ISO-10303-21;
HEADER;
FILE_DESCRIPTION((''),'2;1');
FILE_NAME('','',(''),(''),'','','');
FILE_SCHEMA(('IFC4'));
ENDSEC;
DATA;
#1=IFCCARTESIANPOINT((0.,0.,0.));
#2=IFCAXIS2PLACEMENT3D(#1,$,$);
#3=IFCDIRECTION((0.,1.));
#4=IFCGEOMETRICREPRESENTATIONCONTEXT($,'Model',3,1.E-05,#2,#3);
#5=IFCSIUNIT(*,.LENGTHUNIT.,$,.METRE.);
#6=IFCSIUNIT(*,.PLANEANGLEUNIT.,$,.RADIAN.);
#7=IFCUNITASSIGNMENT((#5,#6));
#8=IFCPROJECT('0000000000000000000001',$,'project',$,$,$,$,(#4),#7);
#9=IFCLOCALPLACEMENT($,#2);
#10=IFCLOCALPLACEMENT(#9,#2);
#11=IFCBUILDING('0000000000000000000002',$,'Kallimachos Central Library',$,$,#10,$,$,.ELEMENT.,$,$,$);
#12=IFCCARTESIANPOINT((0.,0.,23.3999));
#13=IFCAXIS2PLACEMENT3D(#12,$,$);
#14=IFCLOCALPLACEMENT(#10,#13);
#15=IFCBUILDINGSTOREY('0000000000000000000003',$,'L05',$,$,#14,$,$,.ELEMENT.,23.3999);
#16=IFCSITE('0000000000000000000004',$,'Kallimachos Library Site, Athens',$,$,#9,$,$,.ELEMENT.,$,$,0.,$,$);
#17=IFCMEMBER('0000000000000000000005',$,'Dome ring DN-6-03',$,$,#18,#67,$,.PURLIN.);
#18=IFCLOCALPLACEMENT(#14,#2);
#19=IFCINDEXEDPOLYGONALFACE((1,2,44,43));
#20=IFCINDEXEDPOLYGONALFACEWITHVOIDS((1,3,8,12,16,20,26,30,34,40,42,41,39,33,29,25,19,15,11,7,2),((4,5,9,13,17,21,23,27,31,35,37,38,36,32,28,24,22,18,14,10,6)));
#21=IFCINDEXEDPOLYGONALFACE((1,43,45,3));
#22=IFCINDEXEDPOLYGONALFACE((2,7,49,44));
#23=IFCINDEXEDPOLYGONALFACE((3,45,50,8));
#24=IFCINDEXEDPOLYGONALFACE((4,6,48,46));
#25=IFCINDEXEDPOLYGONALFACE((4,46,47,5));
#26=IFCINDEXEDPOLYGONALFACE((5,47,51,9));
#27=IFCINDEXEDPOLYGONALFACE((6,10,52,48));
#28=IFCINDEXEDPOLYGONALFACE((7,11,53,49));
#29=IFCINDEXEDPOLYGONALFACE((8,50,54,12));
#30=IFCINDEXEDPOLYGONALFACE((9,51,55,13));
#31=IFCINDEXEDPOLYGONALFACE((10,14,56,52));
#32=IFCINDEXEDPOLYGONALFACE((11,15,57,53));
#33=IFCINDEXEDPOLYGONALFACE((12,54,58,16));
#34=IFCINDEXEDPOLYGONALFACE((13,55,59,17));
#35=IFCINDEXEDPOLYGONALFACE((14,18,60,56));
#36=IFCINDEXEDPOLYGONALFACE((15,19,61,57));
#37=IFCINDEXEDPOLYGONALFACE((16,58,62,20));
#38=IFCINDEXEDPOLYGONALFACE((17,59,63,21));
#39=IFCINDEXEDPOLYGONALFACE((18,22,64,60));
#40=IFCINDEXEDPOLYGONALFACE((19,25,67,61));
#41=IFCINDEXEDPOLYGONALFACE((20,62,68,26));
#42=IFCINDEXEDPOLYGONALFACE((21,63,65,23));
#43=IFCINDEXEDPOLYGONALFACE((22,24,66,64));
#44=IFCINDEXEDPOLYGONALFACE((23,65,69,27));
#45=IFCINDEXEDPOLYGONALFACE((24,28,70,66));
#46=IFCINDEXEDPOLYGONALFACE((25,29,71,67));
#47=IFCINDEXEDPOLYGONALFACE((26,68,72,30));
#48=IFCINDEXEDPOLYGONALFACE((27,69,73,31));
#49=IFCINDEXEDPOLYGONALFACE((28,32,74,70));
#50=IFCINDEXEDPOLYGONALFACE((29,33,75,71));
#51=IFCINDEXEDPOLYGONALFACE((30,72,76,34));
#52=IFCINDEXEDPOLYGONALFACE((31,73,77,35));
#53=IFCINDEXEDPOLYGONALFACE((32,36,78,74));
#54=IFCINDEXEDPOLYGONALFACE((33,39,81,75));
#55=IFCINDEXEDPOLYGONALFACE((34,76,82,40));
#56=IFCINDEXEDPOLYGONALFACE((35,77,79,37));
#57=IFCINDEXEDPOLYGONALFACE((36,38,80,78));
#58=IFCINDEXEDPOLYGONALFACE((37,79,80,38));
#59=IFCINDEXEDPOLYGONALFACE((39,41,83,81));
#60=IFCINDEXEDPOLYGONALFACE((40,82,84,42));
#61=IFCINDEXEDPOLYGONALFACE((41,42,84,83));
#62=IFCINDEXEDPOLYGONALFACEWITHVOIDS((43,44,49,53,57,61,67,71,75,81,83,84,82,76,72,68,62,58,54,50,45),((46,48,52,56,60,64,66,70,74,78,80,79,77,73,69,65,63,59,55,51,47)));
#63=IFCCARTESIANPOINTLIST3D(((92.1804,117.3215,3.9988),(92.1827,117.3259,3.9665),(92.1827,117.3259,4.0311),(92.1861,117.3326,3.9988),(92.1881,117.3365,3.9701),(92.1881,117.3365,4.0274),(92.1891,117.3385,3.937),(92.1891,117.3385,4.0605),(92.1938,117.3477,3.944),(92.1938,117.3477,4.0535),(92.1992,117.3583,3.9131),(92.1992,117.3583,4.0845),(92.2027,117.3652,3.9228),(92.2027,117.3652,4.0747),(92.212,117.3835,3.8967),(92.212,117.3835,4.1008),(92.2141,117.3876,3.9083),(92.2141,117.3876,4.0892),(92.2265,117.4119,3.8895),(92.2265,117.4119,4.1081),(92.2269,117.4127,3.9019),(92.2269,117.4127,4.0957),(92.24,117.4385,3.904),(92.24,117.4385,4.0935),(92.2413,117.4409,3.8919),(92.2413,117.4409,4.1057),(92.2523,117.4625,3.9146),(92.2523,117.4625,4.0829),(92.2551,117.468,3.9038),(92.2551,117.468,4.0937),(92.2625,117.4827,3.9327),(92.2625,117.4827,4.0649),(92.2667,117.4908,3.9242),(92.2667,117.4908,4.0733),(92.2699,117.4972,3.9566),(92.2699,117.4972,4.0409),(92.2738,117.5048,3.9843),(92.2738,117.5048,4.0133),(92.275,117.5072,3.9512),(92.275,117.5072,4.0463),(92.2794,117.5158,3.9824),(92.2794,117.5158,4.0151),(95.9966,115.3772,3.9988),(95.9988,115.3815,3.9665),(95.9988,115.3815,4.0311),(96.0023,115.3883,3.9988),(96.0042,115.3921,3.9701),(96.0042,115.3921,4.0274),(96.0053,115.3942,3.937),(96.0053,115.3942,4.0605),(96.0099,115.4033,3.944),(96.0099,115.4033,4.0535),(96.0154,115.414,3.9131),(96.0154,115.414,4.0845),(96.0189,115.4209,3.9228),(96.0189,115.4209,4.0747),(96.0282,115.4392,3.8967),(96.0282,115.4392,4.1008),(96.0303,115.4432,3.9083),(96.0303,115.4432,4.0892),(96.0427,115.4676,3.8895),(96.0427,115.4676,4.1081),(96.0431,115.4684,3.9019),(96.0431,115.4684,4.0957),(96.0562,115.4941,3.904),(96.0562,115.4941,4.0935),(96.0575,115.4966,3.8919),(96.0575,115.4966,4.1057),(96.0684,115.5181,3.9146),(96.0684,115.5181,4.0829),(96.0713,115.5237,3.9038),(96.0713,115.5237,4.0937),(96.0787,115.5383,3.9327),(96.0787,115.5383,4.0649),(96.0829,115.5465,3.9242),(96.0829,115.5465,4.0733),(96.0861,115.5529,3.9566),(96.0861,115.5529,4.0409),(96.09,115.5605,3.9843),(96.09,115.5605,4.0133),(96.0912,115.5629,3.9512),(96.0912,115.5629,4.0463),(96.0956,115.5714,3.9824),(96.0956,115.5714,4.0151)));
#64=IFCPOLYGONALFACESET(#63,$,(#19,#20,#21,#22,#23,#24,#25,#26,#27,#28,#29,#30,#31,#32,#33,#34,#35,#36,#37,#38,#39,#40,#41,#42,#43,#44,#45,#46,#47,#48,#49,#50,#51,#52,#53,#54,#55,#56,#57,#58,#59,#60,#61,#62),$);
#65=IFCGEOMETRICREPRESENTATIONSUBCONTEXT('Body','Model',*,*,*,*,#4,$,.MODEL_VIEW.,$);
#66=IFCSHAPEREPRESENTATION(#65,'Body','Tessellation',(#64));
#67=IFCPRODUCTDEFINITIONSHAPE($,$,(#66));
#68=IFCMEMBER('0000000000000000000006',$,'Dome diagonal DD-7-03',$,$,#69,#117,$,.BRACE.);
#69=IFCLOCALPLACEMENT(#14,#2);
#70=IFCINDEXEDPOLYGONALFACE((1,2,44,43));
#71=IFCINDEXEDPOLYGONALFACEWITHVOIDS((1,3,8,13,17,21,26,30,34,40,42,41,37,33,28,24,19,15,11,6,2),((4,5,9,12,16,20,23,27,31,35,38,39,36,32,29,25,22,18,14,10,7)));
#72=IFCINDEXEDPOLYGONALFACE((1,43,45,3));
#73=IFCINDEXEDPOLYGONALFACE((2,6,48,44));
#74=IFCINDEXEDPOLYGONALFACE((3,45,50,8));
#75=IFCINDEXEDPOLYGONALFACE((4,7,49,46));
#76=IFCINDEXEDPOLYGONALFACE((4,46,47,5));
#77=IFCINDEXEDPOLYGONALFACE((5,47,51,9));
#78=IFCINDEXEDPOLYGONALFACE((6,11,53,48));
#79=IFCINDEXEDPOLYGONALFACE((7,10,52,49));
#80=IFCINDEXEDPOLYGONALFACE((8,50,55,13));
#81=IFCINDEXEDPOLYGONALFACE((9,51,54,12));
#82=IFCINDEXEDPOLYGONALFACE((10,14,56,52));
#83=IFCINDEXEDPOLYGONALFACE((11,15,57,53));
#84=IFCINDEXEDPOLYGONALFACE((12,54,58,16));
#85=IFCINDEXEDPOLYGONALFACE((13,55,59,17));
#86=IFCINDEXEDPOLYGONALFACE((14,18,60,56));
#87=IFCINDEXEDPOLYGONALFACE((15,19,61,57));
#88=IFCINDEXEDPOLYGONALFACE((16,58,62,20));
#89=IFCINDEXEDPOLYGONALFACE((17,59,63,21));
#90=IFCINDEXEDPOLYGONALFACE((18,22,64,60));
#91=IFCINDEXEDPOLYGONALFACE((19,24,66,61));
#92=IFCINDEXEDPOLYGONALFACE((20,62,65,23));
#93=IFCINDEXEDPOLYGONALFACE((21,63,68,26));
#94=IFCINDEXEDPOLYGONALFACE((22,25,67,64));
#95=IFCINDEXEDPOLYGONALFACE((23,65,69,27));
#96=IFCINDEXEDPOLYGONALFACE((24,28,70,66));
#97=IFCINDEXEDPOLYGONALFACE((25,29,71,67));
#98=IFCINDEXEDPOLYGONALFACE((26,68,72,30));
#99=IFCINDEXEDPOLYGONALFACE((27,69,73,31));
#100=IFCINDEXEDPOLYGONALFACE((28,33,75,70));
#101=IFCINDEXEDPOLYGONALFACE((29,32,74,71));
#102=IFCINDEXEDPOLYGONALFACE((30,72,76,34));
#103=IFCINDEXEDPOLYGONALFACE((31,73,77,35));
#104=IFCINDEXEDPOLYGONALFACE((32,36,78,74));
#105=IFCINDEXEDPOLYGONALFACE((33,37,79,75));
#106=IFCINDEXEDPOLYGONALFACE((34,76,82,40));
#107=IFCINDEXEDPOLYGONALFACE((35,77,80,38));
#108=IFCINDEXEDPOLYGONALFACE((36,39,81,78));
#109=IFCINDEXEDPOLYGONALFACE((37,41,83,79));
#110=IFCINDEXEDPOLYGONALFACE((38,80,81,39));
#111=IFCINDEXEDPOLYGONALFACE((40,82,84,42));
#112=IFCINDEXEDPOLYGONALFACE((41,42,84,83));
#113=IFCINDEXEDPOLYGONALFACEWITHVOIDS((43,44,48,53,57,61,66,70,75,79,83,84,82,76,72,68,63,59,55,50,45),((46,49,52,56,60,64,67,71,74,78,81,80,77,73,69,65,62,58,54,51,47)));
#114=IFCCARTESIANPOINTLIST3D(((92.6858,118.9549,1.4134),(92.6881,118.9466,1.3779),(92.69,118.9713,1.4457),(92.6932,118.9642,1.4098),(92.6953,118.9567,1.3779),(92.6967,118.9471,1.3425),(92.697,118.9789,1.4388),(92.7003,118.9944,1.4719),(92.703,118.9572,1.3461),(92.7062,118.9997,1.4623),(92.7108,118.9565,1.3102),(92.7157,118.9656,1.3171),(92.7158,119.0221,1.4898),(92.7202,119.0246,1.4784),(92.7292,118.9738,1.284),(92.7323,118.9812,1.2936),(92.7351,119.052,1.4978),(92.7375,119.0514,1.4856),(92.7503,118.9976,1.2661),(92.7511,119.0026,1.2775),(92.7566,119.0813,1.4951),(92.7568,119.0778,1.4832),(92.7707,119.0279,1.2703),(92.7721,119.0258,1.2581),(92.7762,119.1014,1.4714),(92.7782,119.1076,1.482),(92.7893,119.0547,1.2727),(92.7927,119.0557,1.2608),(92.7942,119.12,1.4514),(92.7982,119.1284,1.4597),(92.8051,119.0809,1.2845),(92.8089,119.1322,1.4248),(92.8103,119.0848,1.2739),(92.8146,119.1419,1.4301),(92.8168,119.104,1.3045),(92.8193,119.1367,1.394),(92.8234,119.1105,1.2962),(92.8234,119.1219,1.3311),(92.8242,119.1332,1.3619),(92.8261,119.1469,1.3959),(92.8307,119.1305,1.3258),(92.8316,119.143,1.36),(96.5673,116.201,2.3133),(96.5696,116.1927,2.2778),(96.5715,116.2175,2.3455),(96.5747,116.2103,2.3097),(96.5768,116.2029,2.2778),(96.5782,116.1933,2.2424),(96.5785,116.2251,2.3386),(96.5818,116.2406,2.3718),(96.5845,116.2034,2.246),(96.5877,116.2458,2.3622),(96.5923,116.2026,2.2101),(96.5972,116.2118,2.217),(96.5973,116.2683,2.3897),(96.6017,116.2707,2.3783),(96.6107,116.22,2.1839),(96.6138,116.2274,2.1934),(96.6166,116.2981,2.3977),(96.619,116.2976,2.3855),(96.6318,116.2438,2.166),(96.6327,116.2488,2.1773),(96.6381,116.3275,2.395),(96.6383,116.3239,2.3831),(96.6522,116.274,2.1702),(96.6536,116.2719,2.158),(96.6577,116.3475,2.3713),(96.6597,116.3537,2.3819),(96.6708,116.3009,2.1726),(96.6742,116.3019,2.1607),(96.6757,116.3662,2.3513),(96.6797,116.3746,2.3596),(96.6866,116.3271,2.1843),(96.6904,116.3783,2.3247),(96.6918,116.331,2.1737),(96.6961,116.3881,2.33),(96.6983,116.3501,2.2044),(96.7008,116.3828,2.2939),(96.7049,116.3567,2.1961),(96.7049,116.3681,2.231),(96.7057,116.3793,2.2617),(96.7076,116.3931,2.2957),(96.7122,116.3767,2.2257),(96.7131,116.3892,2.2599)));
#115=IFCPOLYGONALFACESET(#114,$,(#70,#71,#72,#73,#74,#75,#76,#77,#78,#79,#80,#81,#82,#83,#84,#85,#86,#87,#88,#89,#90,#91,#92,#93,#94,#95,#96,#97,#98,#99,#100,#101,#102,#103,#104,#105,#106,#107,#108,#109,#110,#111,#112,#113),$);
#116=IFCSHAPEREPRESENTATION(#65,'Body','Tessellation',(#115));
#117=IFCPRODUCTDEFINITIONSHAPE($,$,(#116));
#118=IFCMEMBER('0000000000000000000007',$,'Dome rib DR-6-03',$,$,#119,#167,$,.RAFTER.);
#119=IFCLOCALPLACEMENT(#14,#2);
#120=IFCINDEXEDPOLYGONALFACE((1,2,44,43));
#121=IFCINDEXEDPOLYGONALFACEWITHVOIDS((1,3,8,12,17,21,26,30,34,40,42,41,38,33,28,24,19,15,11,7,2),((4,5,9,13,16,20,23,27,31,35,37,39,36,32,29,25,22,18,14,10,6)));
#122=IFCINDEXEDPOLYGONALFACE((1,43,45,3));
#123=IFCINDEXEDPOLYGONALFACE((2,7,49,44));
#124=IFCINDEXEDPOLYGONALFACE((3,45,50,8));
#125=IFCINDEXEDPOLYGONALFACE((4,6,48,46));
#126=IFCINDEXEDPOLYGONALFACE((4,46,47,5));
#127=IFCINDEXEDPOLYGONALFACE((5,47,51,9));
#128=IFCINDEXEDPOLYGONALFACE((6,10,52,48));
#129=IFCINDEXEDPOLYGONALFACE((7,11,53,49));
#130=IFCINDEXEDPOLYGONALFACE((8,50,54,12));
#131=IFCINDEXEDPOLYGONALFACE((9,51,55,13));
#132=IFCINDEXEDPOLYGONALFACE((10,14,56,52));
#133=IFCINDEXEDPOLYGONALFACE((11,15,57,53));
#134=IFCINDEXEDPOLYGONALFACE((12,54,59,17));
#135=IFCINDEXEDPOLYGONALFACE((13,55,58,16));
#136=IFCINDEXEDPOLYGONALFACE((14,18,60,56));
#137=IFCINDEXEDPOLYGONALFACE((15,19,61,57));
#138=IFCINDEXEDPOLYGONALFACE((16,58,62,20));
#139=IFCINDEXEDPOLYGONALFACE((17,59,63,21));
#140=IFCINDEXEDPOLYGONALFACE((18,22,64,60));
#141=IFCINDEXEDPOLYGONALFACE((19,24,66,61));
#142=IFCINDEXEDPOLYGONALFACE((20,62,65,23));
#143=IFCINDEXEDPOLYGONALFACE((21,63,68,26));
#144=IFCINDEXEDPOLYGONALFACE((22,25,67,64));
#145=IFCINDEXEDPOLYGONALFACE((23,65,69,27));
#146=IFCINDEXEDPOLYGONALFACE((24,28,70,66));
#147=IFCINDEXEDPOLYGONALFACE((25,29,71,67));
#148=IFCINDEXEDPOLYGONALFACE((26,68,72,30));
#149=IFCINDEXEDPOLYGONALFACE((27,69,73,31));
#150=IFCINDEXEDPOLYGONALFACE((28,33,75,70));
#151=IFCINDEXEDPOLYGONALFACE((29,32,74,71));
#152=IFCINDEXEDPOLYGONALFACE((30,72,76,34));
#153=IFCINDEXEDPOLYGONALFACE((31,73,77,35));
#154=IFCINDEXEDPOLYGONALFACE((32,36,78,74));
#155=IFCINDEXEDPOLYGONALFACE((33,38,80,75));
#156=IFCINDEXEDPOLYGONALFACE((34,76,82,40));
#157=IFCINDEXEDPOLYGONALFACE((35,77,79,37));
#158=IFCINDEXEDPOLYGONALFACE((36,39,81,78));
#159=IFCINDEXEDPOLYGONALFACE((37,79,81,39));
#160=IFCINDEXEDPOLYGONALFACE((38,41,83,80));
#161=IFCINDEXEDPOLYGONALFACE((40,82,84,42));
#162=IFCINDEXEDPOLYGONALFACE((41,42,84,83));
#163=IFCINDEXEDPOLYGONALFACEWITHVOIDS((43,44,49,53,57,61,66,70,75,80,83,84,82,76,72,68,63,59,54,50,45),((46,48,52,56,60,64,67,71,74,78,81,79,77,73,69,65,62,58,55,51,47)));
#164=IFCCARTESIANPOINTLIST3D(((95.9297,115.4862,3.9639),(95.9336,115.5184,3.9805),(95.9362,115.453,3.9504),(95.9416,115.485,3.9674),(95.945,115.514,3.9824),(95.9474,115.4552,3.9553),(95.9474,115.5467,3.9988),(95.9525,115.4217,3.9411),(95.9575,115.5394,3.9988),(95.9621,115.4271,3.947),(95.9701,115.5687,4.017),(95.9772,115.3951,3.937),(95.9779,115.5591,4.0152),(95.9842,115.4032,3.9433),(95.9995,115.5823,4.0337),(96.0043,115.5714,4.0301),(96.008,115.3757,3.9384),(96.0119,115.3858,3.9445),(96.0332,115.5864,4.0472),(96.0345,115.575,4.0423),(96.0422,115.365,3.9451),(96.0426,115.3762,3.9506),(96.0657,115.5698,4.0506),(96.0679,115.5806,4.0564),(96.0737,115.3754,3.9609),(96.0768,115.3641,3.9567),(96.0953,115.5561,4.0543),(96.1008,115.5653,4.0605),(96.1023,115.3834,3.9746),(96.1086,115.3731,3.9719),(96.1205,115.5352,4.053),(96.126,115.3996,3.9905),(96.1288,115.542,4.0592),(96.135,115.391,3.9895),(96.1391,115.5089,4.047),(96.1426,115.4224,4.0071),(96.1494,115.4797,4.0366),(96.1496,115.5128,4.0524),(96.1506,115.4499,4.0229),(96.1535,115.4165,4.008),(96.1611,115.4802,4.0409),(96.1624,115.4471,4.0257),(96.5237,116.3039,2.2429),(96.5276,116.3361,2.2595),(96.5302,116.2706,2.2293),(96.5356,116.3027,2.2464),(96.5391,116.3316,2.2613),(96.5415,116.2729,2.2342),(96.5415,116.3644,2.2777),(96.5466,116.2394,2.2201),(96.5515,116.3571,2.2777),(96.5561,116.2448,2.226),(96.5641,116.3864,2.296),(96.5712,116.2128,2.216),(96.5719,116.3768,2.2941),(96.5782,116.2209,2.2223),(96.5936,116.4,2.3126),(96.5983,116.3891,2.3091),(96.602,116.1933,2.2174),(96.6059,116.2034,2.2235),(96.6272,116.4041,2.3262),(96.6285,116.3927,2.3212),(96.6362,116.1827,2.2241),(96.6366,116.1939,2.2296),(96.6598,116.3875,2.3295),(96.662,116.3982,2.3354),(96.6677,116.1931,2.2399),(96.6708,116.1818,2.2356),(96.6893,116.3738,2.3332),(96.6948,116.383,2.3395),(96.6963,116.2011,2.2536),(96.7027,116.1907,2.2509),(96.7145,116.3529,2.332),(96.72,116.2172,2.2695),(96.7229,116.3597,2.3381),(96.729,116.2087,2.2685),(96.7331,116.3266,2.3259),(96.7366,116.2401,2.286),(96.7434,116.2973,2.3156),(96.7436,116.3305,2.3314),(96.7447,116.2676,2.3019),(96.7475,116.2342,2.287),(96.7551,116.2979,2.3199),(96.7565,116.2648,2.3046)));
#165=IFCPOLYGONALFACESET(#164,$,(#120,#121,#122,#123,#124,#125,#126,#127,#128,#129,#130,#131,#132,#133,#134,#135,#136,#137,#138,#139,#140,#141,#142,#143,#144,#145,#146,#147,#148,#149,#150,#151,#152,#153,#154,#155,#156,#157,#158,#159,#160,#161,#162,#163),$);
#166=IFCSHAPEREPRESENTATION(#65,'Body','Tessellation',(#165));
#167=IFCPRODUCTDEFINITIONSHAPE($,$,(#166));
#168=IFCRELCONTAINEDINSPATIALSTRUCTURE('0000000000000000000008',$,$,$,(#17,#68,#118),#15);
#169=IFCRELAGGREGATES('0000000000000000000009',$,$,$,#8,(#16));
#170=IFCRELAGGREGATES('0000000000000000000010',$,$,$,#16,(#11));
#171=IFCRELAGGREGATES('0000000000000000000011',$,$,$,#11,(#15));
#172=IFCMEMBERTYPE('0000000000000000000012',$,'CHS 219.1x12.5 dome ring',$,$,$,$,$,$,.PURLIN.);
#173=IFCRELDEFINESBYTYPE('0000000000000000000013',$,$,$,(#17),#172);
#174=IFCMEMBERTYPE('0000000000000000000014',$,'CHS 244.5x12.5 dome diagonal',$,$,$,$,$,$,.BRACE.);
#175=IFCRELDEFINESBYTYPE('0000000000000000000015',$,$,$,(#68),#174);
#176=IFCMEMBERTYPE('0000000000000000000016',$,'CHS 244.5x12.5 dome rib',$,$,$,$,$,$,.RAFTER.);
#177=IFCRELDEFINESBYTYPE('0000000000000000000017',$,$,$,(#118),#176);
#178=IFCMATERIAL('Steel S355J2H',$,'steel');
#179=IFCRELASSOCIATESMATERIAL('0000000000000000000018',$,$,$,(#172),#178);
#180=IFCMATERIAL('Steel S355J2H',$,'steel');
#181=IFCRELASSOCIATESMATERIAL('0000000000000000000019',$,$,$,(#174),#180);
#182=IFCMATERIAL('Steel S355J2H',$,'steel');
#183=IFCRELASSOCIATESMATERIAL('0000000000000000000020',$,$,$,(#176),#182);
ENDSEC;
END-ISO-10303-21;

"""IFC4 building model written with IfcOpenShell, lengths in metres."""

from ifc_helpers import new_model, si_unit, direction, frame, origin, origin_2d, place, context, subcontext, project, spatial, hollow_circle, extrude, material, material_profile, profile_set, type_object, element, save


model = new_model("IFC4")

# Units and contexts
model_context = context("Model", 3, precision=1e-05, world=origin(), true_north=direction((0.0, 1.0)))
body_context = subcontext(model_context, "Body", "Model", "MODEL_VIEW")
ifc_project = project(units=[si_unit("LENGTHUNIT", "METRE"), si_unit("PLANEANGLEUNIT", "RADIAN")], contexts=[model_context])

# Site, building, storey
site_placement = place(None, origin())
site = spatial("IfcSite", under=ifc_project, at=site_placement, Name="Kallimachos Library Site, Athens", CompositionType="ELEMENT", RefElevation=0.0)
building_placement = place(site_placement, origin())
building = spatial("IfcBuilding", under=site, at=building_placement, Name="Kallimachos Central Library", CompositionType="ELEMENT")
storey_placement = place(building_placement, frame((0.0, 0.0, 23.3999)))
storey = spatial("IfcBuildingStorey", under=building, at=storey_placement, Name="L05", CompositionType="ELEMENT", Elevation=23.3999)

# Members
ifc_material_1 = material(Name="Steel S355J2H", Category="steel")
ifc_material_profile_1 = material_profile(ifc_material_1, hollow_circle(Radius=0.1096, WallThickness=0.0125, at=origin_2d()), Name="CHS 219.1x12.5")
ifc_profile_set_1 = profile_set([ifc_material_profile_1], Name="Steel S355J2H")
member_type_1 = type_object("IfcMemberType", Name="CHS 219.1x12.5 dome ring", PredefinedType="PURLIN", material=ifc_profile_set_1)
member_1_placement = place(storey_placement, frame((96.0464, 115.4749, 3.9988), z_axis=(-0.891016, 0.453973, 0.0), x_axis=(-0.453973, -0.891016, 0.0)))
element("IfcMember", 1, at=member_1_placement, inside=storey, type_object=member_type_1, Name="Dome ring DN-6-03", PredefinedType="PURLIN", context=body_context, shape_type="SweptSolid", body=[
    extrude(hollow_circle(Radius=0.1096, WallThickness=0.0125, at=origin_2d()), origin(), (0.0, 0.0, 1.0), 4.283),
])
ifc_material_2 = material(Name="Steel S355J2H", Category="steel")
ifc_material_profile_2 = material_profile(ifc_material_2, hollow_circle(Radius=0.1223, WallThickness=0.0125, at=origin_2d()), Name="CHS 244.5x12.5")
ifc_profile_set_2 = profile_set([ifc_material_profile_2], Name="Steel S355J2H")
member_type_2 = type_object("IfcMemberType", Name="CHS 244.5x12.5 dome diagonal", PredefinedType="BRACE", material=ifc_profile_set_2)
member_2_placement = place(storey_placement, frame((96.6404, 116.2925, 2.2778), z_axis=(-0.801384, 0.568565, -0.185792), x_axis=(-0.578639, -0.815584, 0.0)))
element("IfcMember", 2, at=member_2_placement, inside=storey, type_object=member_type_2, Name="Dome diagonal DD-7-03", PredefinedType="BRACE", context=body_context, shape_type="SweptSolid", body=[
    extrude(hollow_circle(Radius=0.1223, WallThickness=0.0125, at=origin_2d()), origin(), (0.0, 0.0, 1.0), 4.8435),
])
ifc_material_3 = material(Name="Steel S355J2H", Category="steel")
ifc_material_profile_3 = material_profile(ifc_material_3, hollow_circle(Radius=0.1223, WallThickness=0.0125, at=origin_2d()), Name="CHS 244.5x12.5")
ifc_profile_set_3 = profile_set([ifc_material_profile_3], Name="Steel S355J2H")
member_type_3 = type_object("IfcMemberType", Name="CHS 244.5x12.5 dome rib", PredefinedType="RAFTER", material=ifc_profile_set_3)
member_3_placement = place(storey_placement, frame((96.0464, 115.4749, 3.9988), z_axis=(0.29763, 0.409685, -0.862308), x_axis=(-0.809039, 0.587755, 0.0)))
element("IfcMember", 3, at=member_3_placement, inside=storey, type_object=member_type_3, Name="Dome rib DR-6-03", PredefinedType="RAFTER", context=body_context, shape_type="SweptSolid", body=[
    extrude(hollow_circle(Radius=0.1223, WallThickness=0.0125, at=origin_2d()), origin(), (0.0, 0.0, 1.0), 1.9958),
])

save(model, "model.ifc")
